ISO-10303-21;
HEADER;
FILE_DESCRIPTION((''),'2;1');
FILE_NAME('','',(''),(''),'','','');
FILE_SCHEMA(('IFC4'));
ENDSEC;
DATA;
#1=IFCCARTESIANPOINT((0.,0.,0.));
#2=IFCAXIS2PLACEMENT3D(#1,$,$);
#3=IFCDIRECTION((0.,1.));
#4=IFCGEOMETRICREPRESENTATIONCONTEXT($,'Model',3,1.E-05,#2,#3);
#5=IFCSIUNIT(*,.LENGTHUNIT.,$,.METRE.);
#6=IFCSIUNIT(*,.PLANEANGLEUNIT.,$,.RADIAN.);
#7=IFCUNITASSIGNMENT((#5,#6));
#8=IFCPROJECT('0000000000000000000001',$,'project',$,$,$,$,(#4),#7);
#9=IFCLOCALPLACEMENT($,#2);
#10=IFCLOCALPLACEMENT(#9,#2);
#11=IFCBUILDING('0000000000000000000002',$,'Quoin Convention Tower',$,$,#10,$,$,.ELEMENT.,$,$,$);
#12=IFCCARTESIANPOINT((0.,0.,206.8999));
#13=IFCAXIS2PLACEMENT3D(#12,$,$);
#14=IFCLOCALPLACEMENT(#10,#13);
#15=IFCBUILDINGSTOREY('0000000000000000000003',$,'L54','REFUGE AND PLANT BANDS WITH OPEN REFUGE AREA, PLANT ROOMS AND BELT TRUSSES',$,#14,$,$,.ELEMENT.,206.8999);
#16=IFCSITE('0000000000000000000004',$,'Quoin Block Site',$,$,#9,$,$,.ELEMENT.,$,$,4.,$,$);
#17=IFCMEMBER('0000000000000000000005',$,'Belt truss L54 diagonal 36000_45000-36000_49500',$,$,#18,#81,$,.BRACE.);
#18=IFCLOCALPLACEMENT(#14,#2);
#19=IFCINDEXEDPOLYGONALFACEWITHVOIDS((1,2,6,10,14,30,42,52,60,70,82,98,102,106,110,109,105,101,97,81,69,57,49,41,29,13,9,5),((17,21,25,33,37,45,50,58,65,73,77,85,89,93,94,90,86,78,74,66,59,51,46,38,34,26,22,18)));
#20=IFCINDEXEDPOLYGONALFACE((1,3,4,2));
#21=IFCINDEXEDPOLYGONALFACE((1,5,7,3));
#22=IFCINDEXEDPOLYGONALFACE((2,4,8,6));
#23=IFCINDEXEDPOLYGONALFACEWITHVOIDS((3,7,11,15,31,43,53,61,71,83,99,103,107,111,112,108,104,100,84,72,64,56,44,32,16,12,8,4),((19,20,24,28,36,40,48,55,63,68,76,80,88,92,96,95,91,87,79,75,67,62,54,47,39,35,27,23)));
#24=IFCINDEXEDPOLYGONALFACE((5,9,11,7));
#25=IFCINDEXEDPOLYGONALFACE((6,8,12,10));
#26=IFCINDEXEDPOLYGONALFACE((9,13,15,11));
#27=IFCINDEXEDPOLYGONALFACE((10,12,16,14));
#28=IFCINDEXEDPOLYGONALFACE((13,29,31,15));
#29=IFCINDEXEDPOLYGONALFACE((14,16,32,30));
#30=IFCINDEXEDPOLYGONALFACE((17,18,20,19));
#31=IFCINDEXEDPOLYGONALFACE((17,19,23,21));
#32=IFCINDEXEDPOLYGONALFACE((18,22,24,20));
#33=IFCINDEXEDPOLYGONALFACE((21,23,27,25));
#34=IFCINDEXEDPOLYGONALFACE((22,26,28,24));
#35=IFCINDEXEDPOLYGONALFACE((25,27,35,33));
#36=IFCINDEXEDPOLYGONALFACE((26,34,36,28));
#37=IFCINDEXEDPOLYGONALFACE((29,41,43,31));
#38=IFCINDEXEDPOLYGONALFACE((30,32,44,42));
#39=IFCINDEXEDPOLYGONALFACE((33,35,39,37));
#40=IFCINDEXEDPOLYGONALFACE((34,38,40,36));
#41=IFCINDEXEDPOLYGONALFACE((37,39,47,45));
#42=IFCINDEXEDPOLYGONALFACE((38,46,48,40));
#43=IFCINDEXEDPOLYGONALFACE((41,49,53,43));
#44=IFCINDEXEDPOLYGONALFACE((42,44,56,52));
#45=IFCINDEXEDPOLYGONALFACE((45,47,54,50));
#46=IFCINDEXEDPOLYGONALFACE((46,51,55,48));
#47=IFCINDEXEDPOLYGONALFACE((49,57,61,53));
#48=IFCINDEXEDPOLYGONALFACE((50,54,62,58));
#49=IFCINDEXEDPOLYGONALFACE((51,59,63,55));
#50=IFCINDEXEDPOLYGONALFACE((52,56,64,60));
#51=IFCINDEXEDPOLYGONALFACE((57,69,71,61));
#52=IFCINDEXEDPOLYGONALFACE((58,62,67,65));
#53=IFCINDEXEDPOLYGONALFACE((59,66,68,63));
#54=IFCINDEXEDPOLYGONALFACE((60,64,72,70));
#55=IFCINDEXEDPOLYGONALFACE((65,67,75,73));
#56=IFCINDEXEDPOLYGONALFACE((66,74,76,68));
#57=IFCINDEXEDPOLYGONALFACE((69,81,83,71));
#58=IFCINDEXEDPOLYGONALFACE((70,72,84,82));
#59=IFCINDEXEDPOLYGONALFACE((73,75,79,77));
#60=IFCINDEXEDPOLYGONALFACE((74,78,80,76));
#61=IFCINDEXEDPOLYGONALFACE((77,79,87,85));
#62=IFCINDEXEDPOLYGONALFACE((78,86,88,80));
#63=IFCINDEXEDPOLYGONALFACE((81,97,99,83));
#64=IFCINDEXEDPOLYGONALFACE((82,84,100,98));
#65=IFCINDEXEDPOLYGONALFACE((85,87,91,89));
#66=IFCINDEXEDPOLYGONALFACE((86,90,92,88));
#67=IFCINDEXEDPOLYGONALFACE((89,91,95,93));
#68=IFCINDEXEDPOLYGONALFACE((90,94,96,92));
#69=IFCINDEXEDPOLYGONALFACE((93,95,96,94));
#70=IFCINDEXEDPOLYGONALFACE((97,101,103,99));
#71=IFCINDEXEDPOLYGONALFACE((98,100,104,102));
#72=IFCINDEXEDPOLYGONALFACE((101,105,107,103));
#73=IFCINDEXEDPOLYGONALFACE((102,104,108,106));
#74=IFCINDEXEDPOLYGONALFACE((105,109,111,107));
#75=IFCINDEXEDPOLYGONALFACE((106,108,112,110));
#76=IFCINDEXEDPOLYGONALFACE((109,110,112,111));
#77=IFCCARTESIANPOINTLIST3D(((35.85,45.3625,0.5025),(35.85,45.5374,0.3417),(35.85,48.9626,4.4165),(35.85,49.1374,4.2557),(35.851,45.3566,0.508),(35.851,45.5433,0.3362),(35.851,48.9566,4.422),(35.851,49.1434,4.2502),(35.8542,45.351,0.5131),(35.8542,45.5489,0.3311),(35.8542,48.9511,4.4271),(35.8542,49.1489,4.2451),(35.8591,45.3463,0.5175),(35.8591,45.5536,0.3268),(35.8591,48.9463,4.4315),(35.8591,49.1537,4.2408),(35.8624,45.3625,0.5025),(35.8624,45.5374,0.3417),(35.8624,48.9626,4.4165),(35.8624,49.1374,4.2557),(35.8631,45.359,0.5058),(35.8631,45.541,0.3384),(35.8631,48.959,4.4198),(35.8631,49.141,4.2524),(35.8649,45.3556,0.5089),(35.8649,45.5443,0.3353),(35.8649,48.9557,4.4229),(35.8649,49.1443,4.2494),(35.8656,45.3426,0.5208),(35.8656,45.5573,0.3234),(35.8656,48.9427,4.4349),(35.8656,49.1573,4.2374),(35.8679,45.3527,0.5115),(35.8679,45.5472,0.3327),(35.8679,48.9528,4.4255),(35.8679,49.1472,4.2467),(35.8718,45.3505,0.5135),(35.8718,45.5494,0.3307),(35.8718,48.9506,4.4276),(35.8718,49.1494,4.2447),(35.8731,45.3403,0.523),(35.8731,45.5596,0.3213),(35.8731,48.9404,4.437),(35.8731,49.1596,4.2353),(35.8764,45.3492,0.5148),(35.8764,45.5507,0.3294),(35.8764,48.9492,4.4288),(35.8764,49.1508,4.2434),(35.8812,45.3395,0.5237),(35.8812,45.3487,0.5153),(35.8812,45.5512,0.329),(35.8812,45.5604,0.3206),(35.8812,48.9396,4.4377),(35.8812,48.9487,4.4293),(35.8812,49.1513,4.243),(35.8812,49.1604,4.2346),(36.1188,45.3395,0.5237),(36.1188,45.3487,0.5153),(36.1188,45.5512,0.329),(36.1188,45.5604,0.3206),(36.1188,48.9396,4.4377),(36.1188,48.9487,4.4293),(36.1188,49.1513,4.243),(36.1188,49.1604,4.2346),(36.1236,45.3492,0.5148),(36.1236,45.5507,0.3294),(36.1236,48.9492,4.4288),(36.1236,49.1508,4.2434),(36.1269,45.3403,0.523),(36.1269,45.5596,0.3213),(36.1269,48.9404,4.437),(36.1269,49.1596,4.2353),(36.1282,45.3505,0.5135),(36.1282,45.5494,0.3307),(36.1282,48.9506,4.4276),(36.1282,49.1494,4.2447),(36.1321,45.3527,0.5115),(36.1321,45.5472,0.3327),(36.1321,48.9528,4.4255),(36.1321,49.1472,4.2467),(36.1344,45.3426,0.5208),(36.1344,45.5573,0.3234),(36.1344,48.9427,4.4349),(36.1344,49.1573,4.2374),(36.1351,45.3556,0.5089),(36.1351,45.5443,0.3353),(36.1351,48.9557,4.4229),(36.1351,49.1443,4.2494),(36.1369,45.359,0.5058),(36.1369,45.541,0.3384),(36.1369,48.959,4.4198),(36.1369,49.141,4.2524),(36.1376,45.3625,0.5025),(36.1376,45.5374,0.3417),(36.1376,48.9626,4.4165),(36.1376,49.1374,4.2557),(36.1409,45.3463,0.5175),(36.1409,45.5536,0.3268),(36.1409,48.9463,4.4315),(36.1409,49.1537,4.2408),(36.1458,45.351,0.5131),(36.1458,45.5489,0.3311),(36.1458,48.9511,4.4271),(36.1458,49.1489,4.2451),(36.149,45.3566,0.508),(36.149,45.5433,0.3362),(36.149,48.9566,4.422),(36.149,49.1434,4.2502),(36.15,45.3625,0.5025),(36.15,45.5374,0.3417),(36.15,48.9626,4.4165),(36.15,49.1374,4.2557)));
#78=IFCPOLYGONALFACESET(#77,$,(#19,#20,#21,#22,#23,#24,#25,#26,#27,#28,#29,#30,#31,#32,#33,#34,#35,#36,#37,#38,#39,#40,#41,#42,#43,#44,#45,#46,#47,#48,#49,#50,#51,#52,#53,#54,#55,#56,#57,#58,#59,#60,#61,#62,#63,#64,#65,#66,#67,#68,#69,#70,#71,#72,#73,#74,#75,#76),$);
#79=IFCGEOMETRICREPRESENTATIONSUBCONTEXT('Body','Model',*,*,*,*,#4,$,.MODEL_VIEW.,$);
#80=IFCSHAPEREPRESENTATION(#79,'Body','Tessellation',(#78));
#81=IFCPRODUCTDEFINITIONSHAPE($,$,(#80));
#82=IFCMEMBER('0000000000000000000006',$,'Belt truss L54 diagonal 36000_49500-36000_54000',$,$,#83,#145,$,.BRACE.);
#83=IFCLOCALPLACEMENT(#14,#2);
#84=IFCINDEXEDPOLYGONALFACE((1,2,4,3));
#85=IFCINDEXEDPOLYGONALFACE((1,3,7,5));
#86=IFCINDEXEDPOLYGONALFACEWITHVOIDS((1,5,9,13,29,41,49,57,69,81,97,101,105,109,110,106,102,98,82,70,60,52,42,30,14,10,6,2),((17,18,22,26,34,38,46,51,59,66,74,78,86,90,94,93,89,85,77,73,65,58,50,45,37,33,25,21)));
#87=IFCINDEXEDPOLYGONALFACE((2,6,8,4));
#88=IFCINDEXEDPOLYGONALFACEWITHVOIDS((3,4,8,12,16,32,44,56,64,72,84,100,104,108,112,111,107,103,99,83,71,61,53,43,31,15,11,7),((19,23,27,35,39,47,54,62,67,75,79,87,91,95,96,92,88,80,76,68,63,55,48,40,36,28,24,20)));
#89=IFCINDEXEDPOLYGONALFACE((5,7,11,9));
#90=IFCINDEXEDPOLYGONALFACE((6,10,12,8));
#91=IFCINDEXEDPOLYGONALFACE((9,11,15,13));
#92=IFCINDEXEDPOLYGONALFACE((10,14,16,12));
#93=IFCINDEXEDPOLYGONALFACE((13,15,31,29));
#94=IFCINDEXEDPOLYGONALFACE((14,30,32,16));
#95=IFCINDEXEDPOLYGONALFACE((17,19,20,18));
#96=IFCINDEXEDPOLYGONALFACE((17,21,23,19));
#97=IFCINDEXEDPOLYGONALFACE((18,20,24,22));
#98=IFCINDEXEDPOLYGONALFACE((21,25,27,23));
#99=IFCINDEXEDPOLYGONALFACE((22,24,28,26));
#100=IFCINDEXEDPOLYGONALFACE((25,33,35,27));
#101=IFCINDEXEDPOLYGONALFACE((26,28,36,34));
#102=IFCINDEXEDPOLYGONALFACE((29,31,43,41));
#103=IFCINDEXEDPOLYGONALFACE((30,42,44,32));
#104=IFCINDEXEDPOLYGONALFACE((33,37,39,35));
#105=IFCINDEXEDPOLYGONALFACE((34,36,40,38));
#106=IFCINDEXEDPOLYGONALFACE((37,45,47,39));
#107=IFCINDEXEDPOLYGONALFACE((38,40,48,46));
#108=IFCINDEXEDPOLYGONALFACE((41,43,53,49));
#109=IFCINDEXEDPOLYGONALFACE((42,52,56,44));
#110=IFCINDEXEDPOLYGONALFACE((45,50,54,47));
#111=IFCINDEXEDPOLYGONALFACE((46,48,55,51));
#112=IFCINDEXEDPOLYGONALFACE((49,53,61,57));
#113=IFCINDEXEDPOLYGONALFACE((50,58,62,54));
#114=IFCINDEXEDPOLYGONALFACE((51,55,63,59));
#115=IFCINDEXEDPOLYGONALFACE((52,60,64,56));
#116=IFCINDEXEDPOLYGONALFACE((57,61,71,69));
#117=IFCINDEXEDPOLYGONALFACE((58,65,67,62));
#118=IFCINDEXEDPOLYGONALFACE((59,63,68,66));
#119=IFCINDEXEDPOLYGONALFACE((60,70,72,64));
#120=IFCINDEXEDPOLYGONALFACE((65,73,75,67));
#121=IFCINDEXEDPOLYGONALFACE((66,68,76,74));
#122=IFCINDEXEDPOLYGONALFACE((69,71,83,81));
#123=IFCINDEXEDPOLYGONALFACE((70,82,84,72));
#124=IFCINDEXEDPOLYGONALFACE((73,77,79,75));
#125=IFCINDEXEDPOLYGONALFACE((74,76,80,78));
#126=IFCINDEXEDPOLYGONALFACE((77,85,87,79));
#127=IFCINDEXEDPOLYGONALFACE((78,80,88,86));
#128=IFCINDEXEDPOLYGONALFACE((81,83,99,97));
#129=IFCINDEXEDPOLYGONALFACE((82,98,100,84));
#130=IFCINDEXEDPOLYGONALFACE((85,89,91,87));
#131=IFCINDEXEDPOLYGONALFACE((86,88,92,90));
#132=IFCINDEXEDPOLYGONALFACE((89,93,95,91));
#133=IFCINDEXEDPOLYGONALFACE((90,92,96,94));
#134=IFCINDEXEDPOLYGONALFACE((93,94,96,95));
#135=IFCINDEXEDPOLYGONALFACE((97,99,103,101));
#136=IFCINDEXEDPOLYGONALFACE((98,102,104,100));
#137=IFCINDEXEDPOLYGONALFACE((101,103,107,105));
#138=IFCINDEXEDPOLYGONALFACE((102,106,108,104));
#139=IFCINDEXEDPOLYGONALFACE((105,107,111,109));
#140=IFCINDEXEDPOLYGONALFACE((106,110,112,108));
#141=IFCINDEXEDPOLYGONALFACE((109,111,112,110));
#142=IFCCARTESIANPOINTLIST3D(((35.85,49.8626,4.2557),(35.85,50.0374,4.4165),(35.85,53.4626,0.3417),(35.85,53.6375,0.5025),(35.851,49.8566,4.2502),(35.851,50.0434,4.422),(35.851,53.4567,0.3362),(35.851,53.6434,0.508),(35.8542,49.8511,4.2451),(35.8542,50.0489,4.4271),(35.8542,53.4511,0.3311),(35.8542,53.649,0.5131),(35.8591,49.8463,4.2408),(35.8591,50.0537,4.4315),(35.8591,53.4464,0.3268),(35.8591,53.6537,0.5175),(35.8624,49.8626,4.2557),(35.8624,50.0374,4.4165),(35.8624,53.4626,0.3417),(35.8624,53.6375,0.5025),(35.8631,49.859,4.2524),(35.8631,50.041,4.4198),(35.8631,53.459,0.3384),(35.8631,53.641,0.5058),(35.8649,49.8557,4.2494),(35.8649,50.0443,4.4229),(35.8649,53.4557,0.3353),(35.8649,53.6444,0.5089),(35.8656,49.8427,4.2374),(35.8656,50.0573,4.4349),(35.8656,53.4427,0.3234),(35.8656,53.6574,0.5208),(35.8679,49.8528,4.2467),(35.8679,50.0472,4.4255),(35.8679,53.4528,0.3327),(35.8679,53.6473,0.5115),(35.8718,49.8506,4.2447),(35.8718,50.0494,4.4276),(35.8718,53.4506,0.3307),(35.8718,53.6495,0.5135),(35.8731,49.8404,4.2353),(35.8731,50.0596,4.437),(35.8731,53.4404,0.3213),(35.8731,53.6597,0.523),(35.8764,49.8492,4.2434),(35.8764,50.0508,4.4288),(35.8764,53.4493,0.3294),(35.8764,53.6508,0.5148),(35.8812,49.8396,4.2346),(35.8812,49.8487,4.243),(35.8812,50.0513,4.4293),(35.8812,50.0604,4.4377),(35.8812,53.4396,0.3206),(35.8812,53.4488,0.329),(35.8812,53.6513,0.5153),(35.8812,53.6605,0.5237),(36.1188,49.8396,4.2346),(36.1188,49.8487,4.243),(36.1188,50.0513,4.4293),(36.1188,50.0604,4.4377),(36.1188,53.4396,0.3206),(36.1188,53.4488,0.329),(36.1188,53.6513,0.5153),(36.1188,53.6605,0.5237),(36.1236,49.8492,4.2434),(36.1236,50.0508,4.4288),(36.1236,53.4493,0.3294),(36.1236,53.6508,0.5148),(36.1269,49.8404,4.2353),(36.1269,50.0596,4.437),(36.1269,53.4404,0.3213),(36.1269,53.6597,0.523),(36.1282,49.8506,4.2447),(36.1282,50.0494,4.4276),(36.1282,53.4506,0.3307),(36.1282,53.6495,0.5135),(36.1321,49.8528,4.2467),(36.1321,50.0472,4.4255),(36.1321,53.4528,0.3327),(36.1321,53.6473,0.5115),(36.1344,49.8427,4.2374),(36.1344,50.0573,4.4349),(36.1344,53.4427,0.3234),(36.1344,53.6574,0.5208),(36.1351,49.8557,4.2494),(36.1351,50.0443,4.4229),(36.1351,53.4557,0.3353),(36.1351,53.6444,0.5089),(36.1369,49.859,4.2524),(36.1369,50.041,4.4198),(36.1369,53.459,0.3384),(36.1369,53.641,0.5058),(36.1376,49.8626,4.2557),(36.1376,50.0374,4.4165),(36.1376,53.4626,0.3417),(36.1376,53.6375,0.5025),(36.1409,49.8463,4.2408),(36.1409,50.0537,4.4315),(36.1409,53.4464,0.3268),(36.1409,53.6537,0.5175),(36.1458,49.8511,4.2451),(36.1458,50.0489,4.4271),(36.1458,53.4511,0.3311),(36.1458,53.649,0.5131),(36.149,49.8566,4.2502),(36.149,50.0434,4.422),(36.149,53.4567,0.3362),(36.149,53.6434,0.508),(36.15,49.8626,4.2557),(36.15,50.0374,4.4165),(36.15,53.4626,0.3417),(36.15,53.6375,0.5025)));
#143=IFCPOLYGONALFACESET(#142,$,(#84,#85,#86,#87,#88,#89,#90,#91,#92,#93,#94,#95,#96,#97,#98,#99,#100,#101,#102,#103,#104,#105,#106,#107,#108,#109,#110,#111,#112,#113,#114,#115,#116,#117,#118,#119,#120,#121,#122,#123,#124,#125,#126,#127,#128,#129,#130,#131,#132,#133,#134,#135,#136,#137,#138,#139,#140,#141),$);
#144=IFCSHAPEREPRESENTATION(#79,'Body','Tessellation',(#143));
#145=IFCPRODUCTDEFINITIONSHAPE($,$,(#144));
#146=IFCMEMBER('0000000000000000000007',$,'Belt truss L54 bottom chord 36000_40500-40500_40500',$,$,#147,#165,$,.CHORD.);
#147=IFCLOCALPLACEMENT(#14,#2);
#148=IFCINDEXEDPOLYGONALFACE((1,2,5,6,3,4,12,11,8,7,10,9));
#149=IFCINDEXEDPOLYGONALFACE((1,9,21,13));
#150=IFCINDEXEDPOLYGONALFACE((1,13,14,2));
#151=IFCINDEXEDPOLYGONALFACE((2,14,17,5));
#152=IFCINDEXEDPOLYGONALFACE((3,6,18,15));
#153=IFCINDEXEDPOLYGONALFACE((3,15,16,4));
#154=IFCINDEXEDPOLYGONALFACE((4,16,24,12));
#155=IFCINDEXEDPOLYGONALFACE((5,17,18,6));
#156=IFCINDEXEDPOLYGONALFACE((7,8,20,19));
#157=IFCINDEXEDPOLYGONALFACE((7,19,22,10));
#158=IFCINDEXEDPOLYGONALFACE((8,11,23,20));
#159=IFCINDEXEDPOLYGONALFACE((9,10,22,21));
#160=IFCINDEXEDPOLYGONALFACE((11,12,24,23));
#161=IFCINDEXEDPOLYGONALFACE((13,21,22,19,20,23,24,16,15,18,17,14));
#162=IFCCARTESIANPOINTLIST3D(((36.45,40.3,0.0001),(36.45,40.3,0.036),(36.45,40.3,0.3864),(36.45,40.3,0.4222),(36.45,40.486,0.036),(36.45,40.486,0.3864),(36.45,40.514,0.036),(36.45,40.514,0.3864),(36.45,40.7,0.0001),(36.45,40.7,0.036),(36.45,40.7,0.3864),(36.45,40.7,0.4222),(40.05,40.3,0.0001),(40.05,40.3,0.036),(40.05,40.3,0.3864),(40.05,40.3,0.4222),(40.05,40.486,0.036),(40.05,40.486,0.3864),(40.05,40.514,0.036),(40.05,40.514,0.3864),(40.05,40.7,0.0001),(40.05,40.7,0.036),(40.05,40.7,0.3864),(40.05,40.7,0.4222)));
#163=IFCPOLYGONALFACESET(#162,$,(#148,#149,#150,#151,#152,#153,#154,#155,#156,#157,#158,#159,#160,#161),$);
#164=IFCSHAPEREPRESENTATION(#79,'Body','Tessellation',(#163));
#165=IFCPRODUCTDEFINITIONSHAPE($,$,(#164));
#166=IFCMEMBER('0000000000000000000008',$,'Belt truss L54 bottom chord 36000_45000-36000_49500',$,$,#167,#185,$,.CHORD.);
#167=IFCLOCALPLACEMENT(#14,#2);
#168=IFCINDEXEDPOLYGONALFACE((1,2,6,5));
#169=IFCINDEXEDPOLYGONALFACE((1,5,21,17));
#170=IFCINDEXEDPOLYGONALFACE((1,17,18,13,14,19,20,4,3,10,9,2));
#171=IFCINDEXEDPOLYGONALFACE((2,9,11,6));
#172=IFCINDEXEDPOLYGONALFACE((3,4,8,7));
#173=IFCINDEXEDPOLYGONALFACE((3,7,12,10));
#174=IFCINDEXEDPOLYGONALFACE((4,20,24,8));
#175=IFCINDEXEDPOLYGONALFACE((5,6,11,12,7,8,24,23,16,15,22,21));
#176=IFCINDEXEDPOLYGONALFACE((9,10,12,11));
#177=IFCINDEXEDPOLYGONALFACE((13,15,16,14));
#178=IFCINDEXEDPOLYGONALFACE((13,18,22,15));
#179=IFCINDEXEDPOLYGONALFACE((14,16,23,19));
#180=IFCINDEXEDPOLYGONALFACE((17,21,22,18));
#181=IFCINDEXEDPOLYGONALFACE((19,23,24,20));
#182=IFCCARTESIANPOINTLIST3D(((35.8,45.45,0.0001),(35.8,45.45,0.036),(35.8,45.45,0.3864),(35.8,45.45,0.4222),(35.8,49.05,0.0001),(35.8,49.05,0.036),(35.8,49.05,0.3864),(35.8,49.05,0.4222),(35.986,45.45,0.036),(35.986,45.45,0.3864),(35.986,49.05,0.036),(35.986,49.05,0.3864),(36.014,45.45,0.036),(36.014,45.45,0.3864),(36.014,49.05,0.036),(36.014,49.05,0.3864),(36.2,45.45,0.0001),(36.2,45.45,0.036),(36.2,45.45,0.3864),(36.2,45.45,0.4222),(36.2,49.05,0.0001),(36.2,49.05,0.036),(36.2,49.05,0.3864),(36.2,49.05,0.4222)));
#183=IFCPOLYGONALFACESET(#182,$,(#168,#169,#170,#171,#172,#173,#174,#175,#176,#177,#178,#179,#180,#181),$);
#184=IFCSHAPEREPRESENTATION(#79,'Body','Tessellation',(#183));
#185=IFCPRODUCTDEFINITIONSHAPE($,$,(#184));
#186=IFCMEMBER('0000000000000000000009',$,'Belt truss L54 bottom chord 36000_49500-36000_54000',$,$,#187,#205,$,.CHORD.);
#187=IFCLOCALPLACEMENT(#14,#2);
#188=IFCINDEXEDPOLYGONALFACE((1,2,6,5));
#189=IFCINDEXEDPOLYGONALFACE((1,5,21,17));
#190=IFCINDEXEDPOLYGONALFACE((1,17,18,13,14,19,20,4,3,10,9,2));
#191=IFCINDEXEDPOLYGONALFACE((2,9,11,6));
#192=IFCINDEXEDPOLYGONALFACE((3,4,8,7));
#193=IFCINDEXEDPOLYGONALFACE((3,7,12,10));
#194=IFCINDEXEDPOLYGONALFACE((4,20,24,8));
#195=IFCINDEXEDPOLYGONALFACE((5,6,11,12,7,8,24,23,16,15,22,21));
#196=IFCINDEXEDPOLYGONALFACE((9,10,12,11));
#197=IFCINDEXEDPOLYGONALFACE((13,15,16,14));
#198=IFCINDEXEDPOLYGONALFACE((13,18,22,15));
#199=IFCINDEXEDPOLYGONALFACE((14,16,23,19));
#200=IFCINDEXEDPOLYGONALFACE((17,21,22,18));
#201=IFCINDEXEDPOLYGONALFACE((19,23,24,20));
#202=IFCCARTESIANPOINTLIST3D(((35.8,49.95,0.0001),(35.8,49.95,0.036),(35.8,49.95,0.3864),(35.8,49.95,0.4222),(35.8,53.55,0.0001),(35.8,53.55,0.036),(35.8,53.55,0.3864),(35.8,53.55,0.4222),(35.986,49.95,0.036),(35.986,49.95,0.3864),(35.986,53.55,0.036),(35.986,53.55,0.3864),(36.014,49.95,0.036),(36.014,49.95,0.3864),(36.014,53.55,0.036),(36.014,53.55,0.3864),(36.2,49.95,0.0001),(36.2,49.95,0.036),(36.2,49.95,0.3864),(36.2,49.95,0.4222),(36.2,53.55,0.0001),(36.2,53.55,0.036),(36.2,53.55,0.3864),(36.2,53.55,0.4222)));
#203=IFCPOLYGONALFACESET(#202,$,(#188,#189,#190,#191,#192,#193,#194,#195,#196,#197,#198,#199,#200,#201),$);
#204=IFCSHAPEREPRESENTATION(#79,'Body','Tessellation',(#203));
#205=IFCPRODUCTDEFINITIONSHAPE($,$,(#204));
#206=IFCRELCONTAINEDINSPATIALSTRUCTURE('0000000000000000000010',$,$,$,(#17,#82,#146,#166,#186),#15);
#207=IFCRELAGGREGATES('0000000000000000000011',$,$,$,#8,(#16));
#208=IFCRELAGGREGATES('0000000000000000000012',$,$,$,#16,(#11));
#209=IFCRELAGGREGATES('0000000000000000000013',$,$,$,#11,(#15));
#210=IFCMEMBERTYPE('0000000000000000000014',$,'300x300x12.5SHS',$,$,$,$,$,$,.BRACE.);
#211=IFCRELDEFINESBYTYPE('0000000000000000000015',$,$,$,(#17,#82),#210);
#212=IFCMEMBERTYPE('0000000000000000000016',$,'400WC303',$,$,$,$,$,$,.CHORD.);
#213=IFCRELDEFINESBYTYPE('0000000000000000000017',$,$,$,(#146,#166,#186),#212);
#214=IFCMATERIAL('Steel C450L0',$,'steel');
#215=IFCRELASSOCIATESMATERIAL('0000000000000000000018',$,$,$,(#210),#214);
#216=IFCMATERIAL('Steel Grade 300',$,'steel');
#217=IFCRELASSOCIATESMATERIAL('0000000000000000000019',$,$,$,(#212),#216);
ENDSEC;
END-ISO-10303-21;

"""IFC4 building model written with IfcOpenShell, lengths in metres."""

from ifc_helpers import new_model, si_unit, direction, frame, origin, origin_2d, place, context, subcontext, project, spatial, hollow_rectangle, i_section, extrude, material, material_profile, profile_set, type_object, element, save


model = new_model("IFC4")

# Units and contexts
model_context = context("Model", 3, precision=1e-05, world=origin(), true_north=direction((0.0, 1.0)))
body_context = subcontext(model_context, "Body", "Model", "MODEL_VIEW")
ifc_project = project(units=[si_unit("LENGTHUNIT", "METRE"), si_unit("PLANEANGLEUNIT", "RADIAN")], contexts=[model_context])

# Site, building, storey
site_placement = place(None, origin())
site = spatial("IfcSite", under=ifc_project, at=site_placement, Name="Quoin Block Site", CompositionType="ELEMENT", RefElevation=4.0)
building_placement = place(site_placement, origin())
building = spatial("IfcBuilding", under=site, at=building_placement, Name="Quoin Convention Tower", CompositionType="ELEMENT")
storey_placement = place(building_placement, frame((0.0, 0.0, 206.8999)))
storey = spatial("IfcBuildingStorey", under=building, at=storey_placement, Name="L54", Description="REFUGE AND PLANT BANDS WITH OPEN REFUGE AREA, PLANT ROOMS AND BELT TRUSSES", CompositionType="ELEMENT", Elevation=206.8999)

# Members
ifc_material_1 = material(Name="Steel C450L0", Category="steel")
ifc_material_profile_1 = material_profile(ifc_material_1, hollow_rectangle(XDim=0.3, YDim=0.3, WallThickness=0.0125, InnerFilletRadius=0.0188, OuterFilletRadius=0.0312, at=origin_2d()), Name="300x300x12.5SHS")
ifc_profile_set_1 = profile_set([ifc_material_profile_1], Name="Steel C450L0")
member_type_1 = type_object("IfcMemberType", Name="300x300x12.5SHS", PredefinedType="BRACE", material=ifc_profile_set_1)
for number, where, z_axis, x_axis, name in (
    (1, (36.0, 45.45, 0.4221), (0.0, 0.676971, 0.73601), (-1.0, 0.0, 0.0), "Belt truss L54 diagonal 36000_45000-36000_49500"),
    (2, (36.0, 53.55, 0.4221), (0.0, -0.676971, 0.73601), (1.0, 0.0, 0.0), "Belt truss L54 diagonal 36000_49500-36000_54000"),
):
    element("IfcMember", number, at=place(storey_placement, frame(where, z_axis=z_axis, x_axis=x_axis)), inside=storey, type_object=member_type_1, Name=name, PredefinedType="BRACE", context=body_context, shape_type="SweptSolid", body=[
        extrude(hollow_rectangle(XDim=0.3, YDim=0.3, WallThickness=0.0125, InnerFilletRadius=0.0188, OuterFilletRadius=0.0312, at=origin_2d()), origin(), (0.0, 0.0, 1.0), 5.3179),
    ])
ifc_material_2 = material(Name="Steel Grade 300", Category="steel")
ifc_material_profile_2 = material_profile(ifc_material_2, i_section(OverallWidth=0.3999, OverallDepth=0.4221, WebThickness=0.0281, FlangeThickness=0.0359, at=origin_2d()), Name="400WC303")
ifc_profile_set_2 = profile_set([ifc_material_profile_2], Name="Steel Grade 300")
member_type_2 = type_object("IfcMemberType", Name="400WC303", PredefinedType="CHORD", material=ifc_profile_set_2)
for number, where, z_axis, x_axis, name in (
    (3, (36.45, 40.5, 0.2112), (1.0, 0.0, 0.0), (0.0, 1.0, 0.0), "Belt truss L54 bottom chord 36000_40500-40500_40500"),
    (4, (36.0, 45.45, 0.2112), (0.0, 1.0, 0.0), (-1.0, 0.0, 0.0), "Belt truss L54 bottom chord 36000_45000-36000_49500"),
    (5, (36.0, 49.95, 0.2112), (0.0, 1.0, 0.0), (-1.0, 0.0, 0.0), "Belt truss L54 bottom chord 36000_49500-36000_54000"),
):
    element("IfcMember", number, at=place(storey_placement, frame(where, z_axis=z_axis, x_axis=x_axis)), inside=storey, type_object=member_type_2, Name=name, PredefinedType="CHORD", context=body_context, shape_type="SweptSolid", body=[
        extrude(i_section(OverallWidth=0.3999, OverallDepth=0.4221, WebThickness=0.0281, FlangeThickness=0.0359, at=origin_2d()), origin(), (0.0, 0.0, 1.0), 3.6001),
    ])

save(model, "model.ifc")
